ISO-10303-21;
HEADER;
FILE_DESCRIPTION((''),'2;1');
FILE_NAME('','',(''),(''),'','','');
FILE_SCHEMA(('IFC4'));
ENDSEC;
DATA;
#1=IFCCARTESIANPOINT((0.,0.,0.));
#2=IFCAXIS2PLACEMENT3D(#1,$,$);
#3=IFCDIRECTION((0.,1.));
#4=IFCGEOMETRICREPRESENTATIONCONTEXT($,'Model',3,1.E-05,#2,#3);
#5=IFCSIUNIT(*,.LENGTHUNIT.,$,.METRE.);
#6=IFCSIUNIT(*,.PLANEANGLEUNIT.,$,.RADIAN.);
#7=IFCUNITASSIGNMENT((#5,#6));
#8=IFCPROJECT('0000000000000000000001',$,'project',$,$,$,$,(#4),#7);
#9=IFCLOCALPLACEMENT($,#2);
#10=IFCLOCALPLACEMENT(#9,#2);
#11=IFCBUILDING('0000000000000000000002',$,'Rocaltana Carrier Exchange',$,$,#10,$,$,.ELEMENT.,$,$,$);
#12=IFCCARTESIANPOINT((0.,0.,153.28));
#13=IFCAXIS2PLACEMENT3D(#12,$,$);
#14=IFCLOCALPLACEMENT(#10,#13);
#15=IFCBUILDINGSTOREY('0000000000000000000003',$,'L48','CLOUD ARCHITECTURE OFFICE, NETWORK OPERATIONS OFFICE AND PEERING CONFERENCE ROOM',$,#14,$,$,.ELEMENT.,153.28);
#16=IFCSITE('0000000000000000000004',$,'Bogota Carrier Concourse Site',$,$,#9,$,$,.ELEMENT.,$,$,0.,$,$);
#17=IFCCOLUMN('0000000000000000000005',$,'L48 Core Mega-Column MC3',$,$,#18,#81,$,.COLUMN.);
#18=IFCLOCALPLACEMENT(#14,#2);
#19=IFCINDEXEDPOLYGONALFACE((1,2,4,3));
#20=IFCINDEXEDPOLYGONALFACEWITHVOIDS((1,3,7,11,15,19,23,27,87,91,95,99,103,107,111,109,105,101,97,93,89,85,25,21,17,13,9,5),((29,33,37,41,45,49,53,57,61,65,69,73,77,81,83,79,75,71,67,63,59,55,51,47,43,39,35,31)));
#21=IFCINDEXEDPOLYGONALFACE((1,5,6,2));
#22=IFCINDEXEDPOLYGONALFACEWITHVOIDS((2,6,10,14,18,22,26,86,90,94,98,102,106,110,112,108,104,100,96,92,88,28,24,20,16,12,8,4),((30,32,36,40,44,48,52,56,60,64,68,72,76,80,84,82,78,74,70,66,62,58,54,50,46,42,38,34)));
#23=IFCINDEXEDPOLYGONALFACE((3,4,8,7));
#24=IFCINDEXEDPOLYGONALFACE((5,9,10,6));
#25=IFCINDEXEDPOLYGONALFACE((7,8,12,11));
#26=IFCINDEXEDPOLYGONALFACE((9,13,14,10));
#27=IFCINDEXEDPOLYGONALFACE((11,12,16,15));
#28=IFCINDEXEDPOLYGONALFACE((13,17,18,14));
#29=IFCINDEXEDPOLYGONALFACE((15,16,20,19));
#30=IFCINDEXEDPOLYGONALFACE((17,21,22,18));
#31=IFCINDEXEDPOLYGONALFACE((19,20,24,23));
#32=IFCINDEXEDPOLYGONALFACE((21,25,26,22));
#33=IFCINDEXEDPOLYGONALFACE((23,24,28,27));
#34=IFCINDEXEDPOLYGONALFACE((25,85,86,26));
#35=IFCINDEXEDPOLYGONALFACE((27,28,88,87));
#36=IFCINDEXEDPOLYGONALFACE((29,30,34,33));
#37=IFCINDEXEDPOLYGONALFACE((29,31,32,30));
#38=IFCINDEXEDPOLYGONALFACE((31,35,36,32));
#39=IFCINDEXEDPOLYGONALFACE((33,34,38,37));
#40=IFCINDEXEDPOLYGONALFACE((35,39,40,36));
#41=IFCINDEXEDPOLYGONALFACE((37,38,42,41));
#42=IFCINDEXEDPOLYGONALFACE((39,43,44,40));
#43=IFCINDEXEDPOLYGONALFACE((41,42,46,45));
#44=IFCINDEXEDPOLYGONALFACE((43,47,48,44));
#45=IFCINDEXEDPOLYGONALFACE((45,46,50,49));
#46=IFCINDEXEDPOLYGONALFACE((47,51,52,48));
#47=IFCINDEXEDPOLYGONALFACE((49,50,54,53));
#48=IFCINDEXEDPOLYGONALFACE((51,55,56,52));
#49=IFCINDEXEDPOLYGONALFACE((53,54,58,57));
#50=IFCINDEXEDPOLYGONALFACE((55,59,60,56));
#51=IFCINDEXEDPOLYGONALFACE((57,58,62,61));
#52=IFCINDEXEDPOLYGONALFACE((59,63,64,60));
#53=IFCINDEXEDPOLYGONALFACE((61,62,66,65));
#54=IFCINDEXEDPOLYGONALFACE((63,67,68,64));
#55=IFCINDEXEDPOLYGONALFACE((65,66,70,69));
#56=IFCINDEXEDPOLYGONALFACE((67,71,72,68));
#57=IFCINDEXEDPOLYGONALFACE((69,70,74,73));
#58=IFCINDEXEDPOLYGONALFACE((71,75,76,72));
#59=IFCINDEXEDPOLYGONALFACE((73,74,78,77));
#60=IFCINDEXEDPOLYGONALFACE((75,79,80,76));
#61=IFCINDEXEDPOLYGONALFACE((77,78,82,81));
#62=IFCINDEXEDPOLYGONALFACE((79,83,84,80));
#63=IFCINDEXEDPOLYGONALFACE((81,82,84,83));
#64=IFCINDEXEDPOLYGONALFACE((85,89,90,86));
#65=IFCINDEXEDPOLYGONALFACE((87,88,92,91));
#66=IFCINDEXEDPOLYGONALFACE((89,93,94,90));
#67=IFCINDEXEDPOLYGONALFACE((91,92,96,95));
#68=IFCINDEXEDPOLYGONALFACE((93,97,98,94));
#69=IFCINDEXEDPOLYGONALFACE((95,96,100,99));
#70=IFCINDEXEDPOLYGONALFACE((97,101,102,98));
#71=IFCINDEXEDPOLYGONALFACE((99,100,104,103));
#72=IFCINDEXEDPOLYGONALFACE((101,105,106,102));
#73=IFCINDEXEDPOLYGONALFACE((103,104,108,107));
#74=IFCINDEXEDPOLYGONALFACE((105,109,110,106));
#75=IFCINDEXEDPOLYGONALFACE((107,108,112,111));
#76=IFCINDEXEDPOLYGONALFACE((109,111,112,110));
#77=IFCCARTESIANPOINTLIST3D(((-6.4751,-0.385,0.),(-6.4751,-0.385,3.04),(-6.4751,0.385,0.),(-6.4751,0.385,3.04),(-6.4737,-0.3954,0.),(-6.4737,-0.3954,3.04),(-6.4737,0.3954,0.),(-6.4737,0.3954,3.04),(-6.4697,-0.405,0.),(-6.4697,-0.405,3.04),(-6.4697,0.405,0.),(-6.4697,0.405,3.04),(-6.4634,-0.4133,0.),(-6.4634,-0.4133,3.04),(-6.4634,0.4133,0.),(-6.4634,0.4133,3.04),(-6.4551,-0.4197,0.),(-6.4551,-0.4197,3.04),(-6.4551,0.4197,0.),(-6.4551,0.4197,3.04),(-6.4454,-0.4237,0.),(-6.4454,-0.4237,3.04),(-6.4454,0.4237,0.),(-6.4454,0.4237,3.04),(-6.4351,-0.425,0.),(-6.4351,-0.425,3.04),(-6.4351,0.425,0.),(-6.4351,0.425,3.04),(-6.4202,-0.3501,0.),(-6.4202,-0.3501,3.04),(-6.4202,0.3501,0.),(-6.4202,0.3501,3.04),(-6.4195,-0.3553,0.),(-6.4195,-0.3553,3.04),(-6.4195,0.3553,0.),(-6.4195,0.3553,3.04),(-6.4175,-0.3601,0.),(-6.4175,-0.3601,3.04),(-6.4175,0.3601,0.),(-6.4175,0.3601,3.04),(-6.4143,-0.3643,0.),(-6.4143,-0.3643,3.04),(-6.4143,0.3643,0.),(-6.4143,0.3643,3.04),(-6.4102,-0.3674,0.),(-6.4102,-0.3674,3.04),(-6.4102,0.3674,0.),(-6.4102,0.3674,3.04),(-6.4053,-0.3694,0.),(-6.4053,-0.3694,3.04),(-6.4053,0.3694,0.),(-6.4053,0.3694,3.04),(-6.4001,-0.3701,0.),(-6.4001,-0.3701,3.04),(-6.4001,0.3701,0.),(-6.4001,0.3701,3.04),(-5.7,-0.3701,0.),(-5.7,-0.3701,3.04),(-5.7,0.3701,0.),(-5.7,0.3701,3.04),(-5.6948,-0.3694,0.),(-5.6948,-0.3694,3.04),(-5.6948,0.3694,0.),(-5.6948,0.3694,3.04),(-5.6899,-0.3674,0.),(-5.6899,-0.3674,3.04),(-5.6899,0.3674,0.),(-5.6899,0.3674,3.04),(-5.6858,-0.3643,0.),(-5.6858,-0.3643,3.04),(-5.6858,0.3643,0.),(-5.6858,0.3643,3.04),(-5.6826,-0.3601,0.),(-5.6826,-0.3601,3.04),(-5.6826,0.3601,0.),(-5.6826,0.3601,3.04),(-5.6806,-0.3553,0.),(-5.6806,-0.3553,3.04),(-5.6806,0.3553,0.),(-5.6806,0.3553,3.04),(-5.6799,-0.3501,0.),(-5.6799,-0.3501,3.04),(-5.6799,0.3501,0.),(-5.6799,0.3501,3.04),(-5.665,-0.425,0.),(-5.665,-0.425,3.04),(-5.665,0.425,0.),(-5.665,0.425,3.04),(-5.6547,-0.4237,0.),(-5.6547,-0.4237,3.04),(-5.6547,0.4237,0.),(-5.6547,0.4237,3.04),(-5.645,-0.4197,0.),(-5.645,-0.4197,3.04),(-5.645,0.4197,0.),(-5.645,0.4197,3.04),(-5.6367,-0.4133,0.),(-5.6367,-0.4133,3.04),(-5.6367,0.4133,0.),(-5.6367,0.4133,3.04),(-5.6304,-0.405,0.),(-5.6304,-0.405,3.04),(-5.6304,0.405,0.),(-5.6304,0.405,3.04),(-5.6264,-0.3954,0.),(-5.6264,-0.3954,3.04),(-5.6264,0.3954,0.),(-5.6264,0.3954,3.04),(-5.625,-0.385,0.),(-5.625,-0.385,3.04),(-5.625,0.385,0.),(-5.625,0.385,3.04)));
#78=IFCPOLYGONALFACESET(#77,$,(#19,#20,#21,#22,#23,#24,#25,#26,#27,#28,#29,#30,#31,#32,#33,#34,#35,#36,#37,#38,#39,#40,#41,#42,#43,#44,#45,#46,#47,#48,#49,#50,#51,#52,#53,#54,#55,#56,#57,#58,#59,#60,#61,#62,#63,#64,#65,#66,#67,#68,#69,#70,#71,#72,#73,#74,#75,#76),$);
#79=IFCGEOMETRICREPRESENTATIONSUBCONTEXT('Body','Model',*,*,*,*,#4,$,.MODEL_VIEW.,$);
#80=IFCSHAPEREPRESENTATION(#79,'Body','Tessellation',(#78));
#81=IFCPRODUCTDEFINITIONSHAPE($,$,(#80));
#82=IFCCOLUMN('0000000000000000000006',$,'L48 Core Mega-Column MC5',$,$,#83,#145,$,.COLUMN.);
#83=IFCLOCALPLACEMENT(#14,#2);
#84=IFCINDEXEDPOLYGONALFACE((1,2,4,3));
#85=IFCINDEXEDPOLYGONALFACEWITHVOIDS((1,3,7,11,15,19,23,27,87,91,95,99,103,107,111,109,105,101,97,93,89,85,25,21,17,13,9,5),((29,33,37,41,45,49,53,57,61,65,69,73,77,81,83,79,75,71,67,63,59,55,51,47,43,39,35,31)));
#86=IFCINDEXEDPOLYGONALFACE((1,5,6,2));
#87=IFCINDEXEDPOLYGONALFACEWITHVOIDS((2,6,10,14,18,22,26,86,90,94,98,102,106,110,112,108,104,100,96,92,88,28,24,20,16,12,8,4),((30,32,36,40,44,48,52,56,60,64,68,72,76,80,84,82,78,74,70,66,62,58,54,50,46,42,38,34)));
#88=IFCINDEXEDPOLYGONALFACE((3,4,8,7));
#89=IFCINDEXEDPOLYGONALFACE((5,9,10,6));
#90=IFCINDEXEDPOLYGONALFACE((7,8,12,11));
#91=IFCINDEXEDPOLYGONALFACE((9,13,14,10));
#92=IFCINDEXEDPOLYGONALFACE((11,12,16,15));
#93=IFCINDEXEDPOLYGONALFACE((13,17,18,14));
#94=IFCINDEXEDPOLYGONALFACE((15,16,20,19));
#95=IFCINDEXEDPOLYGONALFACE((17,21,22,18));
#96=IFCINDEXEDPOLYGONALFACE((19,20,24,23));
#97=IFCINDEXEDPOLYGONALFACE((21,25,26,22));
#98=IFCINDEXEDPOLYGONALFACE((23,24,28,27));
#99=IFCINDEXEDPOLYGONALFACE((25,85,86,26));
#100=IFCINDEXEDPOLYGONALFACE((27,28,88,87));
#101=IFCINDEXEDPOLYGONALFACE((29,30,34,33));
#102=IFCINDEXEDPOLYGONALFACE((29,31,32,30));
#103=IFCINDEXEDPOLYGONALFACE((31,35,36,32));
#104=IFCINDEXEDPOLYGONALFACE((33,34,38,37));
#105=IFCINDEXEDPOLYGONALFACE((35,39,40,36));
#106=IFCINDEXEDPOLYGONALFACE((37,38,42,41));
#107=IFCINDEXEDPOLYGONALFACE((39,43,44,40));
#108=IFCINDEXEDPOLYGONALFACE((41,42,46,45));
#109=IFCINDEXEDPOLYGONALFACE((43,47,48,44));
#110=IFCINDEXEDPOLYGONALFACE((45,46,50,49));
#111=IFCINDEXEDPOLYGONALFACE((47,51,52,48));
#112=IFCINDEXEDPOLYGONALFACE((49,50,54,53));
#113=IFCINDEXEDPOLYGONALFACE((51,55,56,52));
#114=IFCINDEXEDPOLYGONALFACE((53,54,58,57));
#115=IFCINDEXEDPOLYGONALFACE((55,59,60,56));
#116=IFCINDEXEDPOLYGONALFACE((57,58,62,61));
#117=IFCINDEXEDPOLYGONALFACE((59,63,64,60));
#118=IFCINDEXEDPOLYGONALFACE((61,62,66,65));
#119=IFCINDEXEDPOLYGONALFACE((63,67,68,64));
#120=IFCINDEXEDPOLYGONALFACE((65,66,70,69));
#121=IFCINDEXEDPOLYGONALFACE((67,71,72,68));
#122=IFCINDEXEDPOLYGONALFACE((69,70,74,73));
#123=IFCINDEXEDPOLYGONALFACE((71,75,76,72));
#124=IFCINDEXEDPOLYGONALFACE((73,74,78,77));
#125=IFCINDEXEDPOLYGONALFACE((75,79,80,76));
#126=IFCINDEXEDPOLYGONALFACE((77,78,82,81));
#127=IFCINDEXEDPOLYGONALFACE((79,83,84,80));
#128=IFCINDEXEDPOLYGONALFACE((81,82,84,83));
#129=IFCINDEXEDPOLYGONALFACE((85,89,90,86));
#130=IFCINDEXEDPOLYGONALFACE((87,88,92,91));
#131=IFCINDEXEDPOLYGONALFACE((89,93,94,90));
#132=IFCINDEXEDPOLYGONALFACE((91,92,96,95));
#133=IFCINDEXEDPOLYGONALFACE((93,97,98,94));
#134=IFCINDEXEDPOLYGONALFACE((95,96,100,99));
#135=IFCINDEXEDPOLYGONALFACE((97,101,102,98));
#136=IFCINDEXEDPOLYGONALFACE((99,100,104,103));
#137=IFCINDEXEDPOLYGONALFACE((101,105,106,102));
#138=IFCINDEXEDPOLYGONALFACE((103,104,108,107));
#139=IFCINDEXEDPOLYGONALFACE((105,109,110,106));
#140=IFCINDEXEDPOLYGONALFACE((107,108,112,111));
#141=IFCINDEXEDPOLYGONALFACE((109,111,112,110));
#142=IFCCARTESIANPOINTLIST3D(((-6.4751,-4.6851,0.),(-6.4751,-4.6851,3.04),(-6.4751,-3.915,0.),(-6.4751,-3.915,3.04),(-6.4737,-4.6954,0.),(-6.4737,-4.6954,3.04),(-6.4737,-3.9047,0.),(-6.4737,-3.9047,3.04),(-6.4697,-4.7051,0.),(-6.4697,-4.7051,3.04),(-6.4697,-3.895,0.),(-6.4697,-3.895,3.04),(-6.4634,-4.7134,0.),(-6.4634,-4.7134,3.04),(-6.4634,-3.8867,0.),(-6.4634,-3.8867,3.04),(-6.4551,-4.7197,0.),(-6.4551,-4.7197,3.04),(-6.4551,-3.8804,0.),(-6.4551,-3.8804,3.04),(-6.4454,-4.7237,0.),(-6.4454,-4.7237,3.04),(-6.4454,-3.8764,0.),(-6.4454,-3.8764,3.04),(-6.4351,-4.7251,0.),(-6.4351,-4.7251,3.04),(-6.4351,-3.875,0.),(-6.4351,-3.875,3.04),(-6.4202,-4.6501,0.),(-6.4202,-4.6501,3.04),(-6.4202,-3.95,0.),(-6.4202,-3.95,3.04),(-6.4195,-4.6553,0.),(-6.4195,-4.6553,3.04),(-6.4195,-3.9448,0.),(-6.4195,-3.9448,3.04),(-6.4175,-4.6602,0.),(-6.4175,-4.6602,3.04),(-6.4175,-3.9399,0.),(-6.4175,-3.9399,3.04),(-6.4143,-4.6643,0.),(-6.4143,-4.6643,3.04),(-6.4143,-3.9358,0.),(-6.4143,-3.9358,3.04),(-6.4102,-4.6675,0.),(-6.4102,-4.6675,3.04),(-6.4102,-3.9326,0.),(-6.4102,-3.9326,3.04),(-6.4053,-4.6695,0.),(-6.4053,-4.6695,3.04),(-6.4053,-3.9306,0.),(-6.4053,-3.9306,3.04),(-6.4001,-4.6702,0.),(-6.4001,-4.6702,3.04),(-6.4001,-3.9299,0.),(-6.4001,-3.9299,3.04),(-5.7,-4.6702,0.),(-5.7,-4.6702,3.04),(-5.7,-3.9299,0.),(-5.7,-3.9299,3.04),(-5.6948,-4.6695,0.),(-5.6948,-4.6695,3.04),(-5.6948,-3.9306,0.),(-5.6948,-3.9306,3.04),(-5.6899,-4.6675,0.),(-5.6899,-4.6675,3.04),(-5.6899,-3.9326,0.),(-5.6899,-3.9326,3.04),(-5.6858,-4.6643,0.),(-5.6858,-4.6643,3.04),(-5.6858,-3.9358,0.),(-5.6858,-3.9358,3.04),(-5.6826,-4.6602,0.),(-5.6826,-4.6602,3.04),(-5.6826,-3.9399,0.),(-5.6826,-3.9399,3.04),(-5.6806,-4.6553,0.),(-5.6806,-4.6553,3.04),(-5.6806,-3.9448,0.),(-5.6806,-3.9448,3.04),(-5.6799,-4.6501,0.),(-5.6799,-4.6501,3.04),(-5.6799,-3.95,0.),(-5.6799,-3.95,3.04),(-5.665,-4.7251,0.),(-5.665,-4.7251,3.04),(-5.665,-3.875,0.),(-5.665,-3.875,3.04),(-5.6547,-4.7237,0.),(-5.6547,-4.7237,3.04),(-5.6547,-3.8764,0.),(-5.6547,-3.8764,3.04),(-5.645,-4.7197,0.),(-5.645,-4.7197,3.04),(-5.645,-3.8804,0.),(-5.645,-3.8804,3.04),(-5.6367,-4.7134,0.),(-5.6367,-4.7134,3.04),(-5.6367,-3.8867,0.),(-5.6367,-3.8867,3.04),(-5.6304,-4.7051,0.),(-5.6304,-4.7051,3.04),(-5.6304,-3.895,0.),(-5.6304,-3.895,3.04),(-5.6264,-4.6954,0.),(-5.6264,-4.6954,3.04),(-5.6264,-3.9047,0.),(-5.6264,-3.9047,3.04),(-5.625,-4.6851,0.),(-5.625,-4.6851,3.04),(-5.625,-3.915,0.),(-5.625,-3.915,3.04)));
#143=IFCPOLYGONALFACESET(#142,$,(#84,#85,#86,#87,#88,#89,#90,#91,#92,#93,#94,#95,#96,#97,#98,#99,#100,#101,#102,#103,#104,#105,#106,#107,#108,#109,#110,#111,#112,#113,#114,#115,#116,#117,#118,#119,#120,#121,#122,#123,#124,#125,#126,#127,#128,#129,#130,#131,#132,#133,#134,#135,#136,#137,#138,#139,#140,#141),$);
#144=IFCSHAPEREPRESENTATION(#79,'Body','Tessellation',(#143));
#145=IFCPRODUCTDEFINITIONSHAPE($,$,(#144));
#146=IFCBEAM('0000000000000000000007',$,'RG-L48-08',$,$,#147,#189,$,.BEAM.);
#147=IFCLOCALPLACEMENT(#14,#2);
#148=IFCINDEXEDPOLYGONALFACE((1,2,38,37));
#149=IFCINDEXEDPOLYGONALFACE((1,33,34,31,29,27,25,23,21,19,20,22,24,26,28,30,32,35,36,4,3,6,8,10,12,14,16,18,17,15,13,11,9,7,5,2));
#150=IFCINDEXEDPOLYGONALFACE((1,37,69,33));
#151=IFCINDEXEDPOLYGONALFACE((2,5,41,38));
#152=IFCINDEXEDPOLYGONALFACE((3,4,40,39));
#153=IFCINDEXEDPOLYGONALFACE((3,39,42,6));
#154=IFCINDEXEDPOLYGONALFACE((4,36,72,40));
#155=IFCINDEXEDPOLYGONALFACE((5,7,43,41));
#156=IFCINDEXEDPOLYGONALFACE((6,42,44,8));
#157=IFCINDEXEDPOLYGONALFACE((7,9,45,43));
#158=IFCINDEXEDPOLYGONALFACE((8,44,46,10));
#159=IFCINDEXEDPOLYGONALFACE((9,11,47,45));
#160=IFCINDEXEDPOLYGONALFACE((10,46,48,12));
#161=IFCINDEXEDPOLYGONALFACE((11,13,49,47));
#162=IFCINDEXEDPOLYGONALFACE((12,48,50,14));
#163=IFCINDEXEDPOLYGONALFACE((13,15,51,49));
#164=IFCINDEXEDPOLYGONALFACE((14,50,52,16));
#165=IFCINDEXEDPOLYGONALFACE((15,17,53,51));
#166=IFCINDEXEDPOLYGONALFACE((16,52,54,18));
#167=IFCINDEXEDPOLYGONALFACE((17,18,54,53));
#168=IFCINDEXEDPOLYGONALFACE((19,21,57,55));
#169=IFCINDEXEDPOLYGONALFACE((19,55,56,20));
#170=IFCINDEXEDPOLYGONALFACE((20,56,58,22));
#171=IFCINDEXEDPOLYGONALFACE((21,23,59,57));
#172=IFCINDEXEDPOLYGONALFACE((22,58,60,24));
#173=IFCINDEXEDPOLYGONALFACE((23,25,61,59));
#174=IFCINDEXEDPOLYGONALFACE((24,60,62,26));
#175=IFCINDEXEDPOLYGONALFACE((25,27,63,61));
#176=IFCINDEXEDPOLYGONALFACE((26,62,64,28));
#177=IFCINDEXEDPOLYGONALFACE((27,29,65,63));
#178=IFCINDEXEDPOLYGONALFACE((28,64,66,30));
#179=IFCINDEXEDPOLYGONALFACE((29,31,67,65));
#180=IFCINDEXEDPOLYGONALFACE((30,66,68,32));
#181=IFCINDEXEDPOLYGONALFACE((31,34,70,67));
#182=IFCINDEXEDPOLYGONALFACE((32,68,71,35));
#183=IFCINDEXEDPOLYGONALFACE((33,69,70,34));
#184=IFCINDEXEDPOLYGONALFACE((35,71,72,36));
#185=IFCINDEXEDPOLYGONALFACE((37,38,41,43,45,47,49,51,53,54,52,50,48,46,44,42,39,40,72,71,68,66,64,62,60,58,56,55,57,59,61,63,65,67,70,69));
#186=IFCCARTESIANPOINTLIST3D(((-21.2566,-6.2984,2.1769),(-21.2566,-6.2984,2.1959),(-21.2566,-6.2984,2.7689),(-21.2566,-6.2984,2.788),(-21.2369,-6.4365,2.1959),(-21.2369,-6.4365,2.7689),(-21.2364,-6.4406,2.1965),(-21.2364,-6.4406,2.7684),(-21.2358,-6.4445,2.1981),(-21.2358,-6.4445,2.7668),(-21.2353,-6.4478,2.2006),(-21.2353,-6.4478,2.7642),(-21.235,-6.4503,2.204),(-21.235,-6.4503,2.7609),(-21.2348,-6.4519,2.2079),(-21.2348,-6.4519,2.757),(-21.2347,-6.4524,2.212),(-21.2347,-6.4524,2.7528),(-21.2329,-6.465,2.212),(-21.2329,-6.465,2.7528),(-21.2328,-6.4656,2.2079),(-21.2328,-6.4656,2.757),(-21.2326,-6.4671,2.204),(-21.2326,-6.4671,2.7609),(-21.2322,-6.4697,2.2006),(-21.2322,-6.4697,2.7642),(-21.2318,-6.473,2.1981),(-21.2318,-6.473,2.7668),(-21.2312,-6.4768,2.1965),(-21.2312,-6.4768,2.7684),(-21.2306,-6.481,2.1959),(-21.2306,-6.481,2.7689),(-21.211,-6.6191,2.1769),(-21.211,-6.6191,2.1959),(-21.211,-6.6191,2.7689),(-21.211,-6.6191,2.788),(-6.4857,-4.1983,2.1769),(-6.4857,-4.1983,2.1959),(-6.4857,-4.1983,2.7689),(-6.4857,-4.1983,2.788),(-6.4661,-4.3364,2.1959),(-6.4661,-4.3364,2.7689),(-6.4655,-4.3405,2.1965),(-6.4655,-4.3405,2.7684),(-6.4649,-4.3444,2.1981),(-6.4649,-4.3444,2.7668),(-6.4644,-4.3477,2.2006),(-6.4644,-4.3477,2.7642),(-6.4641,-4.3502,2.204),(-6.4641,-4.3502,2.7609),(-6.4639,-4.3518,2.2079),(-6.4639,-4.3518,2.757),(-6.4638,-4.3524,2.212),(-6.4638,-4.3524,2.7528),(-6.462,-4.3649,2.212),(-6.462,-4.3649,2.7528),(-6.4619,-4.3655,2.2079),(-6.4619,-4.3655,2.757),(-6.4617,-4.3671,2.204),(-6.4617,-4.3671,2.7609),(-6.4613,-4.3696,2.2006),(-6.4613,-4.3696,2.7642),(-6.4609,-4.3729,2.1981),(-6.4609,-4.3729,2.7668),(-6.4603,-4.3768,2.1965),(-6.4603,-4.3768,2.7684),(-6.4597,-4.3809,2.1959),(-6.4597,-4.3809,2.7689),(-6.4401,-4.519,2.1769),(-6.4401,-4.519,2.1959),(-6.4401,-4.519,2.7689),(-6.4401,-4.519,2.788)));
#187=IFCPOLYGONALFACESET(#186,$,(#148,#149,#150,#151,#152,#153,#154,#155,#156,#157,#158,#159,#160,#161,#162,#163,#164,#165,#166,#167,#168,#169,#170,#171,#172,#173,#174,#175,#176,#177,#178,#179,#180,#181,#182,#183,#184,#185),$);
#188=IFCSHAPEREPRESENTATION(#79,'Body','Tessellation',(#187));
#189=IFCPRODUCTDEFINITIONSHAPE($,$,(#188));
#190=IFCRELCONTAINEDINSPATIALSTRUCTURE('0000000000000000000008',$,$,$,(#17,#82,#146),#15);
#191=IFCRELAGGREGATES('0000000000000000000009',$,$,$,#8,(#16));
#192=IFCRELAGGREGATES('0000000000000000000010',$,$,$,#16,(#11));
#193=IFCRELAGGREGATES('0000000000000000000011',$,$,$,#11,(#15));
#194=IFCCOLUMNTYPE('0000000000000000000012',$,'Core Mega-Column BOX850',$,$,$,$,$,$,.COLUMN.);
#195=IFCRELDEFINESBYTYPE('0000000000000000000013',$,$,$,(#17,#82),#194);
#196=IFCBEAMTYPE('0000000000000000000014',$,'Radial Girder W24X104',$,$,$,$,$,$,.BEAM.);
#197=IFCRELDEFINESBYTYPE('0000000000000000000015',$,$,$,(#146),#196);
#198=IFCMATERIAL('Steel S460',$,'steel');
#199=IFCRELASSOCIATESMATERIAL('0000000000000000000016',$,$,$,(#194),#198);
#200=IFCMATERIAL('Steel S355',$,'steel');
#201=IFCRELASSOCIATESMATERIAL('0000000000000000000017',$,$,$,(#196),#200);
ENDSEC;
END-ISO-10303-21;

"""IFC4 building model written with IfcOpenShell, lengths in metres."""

from ifc_helpers import new_model, si_unit, direction, frame, origin, origin_2d, place, context, subcontext, project, spatial, hollow_rectangle, i_section, extrude, material, material_profile, profile_set, type_object, element, save


model = new_model("IFC4")

# Units and contexts
model_context = context("Model", 3, precision=1e-05, world=origin(), true_north=direction((0.0, 1.0)))
body_context = subcontext(model_context, "Body", "Model", "MODEL_VIEW")
ifc_project = project(units=[si_unit("LENGTHUNIT", "METRE"), si_unit("PLANEANGLEUNIT", "RADIAN")], contexts=[model_context])

# Site, building, storey
site_placement = place(None, origin())
site = spatial("IfcSite", under=ifc_project, at=site_placement, Name="Bogota Carrier Concourse Site", CompositionType="ELEMENT", RefElevation=0.0)
building_placement = place(site_placement, origin())
building = spatial("IfcBuilding", under=site, at=building_placement, Name="Rocaltana Carrier Exchange", CompositionType="ELEMENT")
storey_placement = place(building_placement, frame((0.0, 0.0, 153.28)))
storey = spatial("IfcBuildingStorey", under=building, at=storey_placement, Name="L48", Description="CLOUD ARCHITECTURE OFFICE, NETWORK OPERATIONS OFFICE AND PEERING CONFERENCE ROOM", CompositionType="ELEMENT", Elevation=153.28)

# Columns
ifc_material_1 = material(Name="Steel S460", Category="steel")
ifc_material_profile_1 = material_profile(ifc_material_1, hollow_rectangle(XDim=0.8501, YDim=0.8501, WallThickness=0.0549, InnerFilletRadius=0.02, OuterFilletRadius=0.04, at=origin_2d()), Name="BOX850X850X55")
ifc_profile_set_1 = profile_set([ifc_material_profile_1], Name="Steel S460")
column_type = type_object("IfcColumnType", Name="Core Mega-Column BOX850", PredefinedType="COLUMN", material=ifc_profile_set_1)
for number, where, z_axis, x_axis, name in (
    (1, (-6.05, 0.0, 0.0), (0.0, 0.0, 1.0), (1.0, 0.0, 0.0), "L48 Core Mega-Column MC3"),
    (2, (-6.05, -4.3, 0.0), (0.0, 0.0, 1.0), (1.0, 0.0, 0.0), "L48 Core Mega-Column MC5"),
):
    element("IfcColumn", number, at=place(storey_placement, frame(where, z_axis=z_axis, x_axis=x_axis)), inside=storey, type_object=column_type, Name=name, PredefinedType="COLUMN", context=body_context, shape_type="SweptSolid", body=[
        extrude(hollow_rectangle(XDim=0.8501, YDim=0.8501, WallThickness=0.0549, InnerFilletRadius=0.02, OuterFilletRadius=0.04, at=origin_2d()), origin(), (0.0, 0.0, 1.0), 3.04),
    ])

# Beam
ifc_material_2 = material(Name="Steel S355", Category="steel")
ifc_material_profile_2 = material_profile(ifc_material_2, i_section(OverallWidth=0.324, OverallDepth=0.6111, WebThickness=0.0127, FlangeThickness=0.019, FilletRadius=0.0161, at=origin_2d()), Name="W24X104")
ifc_profile_set_2 = profile_set([ifc_material_profile_2], Name="Steel S355")
beam_type = type_object("IfcBeamType", Name="Radial Girder W24X104", PredefinedType="BEAM", material=ifc_profile_set_2)
beam_1_placement = place(storey_placement, frame((-6.4629, -4.3586, 2.4824), z_axis=(-0.990044, -0.140762, 0.0), x_axis=(0.140762, -0.990044, 0.0)))
element("IfcBeam", 3, at=beam_1_placement, inside=storey, type_object=beam_type, Name="RG-L48-08", PredefinedType="BEAM", context=body_context, shape_type="SweptSolid", body=[
    extrude(i_section(OverallWidth=0.324, OverallDepth=0.6111, WebThickness=0.0127, FlangeThickness=0.019, FilletRadius=0.0161, at=origin_2d()), origin(), (0.0, 0.0, 1.0), 14.9194),
])

save(model, "model.ifc")
